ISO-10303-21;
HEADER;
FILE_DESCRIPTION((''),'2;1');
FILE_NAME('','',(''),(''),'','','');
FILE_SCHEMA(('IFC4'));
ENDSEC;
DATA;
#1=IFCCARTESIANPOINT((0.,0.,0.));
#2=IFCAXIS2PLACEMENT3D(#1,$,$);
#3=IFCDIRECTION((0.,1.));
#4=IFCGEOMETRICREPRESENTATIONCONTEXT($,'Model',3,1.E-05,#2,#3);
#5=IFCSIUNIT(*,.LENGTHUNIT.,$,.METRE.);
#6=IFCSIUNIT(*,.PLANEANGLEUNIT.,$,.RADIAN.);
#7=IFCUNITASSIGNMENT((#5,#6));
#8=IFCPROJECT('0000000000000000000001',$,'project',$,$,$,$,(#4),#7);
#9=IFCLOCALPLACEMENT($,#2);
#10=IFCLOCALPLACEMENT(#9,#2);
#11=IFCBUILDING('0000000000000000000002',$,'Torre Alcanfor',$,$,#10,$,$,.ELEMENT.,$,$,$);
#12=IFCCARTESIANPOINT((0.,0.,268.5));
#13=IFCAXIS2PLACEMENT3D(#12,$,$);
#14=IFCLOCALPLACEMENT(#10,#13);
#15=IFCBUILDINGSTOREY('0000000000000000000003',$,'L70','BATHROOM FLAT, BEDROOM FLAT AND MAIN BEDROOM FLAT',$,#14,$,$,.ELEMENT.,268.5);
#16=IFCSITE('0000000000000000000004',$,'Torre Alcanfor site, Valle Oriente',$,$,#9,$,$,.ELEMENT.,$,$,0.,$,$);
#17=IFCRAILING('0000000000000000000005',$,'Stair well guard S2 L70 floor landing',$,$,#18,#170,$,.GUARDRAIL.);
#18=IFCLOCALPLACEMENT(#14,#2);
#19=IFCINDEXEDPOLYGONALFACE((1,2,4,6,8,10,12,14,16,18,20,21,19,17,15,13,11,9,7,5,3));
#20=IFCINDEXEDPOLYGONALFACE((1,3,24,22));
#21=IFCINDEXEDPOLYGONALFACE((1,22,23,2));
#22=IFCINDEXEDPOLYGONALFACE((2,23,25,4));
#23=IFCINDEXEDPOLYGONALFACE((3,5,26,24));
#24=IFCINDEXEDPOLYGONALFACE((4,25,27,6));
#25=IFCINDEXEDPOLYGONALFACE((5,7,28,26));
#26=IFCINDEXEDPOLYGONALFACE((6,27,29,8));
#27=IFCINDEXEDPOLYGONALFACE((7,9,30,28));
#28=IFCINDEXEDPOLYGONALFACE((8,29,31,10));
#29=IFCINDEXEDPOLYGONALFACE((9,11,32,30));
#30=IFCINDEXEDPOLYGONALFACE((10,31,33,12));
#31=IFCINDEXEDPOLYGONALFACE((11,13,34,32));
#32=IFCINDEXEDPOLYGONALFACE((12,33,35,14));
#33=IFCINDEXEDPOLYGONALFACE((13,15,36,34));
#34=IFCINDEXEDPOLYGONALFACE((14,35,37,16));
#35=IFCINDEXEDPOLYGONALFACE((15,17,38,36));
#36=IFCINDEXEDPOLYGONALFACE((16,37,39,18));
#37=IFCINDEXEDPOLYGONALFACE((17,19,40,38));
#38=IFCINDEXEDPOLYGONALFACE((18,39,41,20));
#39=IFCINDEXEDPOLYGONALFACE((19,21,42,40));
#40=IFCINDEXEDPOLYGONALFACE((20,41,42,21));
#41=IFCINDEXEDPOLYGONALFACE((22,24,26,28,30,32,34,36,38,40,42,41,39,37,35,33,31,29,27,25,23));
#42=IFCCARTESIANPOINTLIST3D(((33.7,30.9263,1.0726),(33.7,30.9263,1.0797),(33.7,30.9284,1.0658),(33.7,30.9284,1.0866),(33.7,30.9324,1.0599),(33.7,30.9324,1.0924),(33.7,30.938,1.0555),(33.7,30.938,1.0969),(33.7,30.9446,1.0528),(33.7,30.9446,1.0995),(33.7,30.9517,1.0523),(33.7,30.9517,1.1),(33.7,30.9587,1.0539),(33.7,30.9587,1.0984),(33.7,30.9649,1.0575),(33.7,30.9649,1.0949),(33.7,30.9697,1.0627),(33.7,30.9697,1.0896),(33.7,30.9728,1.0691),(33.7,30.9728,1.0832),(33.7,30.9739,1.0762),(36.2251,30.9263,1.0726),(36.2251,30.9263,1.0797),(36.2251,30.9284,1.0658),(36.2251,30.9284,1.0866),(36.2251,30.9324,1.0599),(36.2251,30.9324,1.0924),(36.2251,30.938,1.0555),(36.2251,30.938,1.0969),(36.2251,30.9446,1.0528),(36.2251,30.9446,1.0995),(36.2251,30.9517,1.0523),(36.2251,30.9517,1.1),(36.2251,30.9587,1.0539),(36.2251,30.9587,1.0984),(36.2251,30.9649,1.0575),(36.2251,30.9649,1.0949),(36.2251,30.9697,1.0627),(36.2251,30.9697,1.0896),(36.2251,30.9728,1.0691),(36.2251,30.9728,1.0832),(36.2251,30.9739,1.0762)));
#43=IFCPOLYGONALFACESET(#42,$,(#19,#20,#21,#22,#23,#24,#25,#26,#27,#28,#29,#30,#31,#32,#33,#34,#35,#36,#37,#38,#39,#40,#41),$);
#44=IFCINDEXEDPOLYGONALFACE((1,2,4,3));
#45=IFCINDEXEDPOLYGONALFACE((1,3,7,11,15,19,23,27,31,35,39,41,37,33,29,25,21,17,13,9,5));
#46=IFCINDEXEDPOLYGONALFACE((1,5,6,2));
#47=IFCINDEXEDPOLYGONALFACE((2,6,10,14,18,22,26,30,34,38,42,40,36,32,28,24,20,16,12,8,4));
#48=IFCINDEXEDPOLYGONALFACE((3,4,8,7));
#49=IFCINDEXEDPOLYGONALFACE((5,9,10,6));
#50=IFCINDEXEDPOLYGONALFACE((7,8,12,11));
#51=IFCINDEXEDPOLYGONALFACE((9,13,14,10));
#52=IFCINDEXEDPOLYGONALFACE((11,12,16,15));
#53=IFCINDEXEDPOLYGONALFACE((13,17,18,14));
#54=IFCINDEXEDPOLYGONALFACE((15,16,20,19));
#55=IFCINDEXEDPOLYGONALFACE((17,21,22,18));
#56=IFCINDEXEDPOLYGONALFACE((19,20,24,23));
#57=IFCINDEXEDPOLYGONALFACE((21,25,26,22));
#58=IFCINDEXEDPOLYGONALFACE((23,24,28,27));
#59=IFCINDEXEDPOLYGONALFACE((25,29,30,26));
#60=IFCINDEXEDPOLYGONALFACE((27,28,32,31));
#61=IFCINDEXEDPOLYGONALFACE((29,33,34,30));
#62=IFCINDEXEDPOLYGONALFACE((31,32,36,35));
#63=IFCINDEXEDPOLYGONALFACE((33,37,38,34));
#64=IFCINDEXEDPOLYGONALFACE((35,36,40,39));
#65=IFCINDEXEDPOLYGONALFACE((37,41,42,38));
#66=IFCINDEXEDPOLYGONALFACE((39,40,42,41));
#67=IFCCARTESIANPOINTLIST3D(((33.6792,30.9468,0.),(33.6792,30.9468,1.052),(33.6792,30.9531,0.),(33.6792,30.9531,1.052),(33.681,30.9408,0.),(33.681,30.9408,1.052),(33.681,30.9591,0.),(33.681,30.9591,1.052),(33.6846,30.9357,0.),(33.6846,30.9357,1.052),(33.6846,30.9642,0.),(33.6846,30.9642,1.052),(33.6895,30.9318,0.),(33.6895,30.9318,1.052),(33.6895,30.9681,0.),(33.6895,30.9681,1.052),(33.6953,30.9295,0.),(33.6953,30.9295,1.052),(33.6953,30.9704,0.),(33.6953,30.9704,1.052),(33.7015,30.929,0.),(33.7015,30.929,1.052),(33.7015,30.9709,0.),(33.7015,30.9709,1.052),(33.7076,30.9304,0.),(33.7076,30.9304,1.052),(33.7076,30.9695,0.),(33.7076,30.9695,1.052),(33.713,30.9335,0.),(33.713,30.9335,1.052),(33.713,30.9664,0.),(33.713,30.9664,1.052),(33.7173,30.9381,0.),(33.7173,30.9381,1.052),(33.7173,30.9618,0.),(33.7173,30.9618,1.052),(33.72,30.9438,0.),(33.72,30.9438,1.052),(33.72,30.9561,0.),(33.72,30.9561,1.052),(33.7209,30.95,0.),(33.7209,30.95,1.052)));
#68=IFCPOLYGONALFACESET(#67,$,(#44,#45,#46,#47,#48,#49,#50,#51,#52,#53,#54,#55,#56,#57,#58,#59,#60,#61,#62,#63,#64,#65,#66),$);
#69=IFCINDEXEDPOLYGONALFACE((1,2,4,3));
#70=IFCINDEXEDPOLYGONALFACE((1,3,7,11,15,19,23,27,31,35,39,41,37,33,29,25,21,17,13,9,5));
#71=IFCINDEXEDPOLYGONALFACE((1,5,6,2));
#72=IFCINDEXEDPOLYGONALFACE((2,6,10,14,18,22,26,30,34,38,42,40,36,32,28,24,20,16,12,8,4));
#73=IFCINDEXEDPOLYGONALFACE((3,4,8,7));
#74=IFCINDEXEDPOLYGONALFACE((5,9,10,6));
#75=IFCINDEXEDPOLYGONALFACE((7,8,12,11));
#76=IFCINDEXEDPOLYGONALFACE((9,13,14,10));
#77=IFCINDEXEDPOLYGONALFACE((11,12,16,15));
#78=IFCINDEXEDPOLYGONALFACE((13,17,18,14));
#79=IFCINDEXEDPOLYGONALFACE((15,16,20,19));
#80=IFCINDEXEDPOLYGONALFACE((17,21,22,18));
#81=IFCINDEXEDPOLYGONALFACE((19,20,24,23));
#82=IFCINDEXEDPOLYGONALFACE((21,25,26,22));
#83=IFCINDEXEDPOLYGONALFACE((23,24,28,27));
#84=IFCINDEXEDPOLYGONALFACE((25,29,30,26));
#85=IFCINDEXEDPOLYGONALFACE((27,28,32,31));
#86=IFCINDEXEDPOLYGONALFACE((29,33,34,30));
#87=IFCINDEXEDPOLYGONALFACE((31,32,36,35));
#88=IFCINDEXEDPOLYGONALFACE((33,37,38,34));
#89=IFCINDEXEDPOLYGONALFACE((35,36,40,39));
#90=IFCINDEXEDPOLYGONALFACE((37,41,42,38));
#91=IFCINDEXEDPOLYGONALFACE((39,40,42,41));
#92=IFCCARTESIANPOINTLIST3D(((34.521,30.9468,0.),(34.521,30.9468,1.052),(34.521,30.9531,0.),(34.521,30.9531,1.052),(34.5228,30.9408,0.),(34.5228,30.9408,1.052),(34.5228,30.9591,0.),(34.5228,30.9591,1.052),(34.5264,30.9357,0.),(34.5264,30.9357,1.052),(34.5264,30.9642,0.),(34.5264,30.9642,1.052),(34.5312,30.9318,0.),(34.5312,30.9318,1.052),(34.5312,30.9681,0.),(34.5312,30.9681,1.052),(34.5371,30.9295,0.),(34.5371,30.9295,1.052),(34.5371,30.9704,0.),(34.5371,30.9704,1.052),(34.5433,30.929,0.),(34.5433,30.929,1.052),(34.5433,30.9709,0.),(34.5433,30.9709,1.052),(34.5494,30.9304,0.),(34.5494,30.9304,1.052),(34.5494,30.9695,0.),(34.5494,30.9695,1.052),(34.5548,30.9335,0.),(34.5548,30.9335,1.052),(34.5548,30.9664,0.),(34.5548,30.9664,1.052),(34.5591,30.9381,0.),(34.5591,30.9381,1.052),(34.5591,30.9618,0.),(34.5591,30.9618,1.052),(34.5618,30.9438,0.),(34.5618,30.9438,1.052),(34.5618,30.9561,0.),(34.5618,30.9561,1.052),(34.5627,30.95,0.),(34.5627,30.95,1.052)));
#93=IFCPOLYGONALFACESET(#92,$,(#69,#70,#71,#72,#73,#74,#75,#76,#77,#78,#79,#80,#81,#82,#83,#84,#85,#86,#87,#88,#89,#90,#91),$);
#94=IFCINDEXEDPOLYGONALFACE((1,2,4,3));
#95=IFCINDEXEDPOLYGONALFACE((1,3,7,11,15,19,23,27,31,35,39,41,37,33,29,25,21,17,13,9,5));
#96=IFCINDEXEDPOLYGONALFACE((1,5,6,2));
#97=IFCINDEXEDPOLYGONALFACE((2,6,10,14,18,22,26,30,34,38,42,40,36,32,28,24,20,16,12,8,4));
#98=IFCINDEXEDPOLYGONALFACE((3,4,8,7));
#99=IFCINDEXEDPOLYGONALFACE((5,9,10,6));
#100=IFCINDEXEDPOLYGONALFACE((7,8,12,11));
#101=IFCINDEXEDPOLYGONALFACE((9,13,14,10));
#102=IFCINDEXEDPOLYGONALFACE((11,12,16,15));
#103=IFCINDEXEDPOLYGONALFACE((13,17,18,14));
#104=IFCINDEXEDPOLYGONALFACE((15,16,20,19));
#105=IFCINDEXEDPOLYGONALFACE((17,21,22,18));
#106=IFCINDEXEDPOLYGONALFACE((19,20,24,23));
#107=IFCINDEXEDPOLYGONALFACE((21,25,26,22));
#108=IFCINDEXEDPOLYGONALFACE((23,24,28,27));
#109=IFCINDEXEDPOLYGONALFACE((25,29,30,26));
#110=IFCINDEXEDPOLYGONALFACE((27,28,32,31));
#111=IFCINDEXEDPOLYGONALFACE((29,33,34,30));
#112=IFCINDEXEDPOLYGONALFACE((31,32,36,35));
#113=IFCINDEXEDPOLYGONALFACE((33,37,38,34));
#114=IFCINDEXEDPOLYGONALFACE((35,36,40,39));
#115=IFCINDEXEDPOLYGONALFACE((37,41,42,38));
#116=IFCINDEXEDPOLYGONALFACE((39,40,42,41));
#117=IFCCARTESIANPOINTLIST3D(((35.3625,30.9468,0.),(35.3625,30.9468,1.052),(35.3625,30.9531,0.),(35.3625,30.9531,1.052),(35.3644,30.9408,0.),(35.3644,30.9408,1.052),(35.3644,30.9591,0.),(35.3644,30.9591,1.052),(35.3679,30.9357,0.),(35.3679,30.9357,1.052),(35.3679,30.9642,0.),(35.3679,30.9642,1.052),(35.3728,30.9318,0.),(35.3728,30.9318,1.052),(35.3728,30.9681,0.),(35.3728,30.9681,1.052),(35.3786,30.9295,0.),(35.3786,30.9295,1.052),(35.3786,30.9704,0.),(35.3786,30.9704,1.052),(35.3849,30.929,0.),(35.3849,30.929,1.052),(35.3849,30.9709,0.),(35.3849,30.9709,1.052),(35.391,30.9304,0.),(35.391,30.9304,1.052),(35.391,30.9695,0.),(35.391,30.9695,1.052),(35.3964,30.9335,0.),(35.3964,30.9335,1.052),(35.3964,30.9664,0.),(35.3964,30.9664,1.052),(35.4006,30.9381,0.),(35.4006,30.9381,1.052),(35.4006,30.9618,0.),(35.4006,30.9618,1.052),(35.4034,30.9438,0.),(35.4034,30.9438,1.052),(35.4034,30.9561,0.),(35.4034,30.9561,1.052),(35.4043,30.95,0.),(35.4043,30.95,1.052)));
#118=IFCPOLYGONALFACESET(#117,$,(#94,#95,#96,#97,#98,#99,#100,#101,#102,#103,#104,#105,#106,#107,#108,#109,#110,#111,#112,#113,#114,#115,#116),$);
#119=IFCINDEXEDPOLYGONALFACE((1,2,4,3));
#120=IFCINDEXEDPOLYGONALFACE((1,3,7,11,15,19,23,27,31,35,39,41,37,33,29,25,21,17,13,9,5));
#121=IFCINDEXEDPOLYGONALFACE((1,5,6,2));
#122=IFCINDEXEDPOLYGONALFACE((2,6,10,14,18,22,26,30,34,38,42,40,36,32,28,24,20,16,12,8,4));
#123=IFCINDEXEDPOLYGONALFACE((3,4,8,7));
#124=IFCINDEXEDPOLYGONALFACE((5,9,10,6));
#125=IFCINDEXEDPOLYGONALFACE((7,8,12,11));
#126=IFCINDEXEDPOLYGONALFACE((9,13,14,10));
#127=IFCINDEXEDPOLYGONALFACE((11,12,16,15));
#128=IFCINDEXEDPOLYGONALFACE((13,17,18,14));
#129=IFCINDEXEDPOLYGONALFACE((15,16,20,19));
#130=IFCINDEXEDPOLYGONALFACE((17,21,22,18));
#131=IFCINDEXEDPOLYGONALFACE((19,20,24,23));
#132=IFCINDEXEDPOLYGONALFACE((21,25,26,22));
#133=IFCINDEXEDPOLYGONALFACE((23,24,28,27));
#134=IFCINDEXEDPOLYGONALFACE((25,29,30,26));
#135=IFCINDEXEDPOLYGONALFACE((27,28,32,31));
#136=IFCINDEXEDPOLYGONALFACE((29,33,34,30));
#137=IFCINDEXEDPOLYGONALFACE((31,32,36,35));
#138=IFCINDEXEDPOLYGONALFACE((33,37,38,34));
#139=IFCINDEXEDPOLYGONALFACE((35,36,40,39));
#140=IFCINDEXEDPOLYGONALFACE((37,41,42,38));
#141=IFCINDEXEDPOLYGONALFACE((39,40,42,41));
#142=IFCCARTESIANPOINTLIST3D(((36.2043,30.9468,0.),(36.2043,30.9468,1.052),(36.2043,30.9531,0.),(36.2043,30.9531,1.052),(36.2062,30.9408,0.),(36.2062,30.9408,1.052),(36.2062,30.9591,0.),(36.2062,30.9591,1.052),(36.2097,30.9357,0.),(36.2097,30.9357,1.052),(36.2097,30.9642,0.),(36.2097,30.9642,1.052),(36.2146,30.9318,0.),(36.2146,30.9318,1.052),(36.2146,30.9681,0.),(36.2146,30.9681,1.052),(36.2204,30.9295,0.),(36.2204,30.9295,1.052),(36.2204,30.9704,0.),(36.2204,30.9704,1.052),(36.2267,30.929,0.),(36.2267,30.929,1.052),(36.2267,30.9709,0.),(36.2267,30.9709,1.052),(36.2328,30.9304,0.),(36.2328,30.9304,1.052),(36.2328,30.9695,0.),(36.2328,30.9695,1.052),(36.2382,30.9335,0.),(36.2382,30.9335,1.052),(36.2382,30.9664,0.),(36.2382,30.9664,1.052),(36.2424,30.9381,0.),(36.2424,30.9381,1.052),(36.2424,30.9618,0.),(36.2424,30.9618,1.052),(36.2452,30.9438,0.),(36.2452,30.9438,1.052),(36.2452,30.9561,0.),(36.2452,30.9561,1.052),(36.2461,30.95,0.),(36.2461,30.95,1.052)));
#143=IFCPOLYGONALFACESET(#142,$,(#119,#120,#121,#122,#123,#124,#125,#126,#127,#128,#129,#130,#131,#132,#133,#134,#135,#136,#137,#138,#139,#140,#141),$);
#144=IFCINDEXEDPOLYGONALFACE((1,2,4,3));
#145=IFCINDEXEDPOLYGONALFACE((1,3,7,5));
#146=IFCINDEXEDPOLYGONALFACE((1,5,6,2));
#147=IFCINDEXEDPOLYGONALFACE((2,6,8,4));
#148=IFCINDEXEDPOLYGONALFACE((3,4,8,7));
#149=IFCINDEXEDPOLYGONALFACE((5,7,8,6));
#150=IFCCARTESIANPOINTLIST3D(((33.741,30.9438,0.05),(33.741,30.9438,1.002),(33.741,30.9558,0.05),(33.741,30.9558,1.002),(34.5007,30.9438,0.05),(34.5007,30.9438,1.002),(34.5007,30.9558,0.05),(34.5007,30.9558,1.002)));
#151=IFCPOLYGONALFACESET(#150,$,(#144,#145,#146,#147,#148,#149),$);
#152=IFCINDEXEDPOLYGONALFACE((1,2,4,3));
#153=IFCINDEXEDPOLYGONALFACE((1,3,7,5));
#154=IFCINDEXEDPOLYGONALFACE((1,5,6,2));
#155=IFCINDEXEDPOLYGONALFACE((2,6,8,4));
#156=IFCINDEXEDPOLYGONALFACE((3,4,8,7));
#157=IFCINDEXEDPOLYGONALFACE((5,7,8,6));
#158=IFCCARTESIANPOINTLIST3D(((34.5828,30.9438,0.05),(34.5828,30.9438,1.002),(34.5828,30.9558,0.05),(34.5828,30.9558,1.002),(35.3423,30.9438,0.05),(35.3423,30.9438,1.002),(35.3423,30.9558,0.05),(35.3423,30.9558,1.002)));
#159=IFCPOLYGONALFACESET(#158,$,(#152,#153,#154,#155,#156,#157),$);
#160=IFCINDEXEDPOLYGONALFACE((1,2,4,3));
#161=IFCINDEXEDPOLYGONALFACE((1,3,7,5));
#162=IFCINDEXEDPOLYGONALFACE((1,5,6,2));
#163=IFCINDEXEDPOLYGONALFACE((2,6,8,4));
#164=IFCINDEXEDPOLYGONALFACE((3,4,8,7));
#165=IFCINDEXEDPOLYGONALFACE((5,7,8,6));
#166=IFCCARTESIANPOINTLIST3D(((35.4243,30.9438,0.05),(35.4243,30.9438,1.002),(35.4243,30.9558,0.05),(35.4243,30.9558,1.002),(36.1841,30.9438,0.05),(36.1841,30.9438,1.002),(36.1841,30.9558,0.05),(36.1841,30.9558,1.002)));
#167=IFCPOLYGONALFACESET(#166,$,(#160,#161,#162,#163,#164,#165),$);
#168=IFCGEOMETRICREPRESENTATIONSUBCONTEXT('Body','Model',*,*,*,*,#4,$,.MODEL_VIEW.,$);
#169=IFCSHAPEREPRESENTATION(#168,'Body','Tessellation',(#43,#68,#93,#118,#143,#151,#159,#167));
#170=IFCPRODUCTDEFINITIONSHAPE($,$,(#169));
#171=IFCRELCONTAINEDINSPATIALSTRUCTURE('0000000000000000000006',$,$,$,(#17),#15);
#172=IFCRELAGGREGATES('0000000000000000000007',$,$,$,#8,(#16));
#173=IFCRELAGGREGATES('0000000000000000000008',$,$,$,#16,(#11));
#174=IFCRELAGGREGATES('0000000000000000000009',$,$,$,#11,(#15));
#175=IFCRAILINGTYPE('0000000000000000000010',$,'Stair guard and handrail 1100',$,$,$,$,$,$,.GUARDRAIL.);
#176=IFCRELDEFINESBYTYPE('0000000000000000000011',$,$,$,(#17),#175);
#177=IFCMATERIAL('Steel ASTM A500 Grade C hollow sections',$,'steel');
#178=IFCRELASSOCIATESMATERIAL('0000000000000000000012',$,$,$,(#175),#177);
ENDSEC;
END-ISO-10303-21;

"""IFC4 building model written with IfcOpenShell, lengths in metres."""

from ifc_helpers import new_model, si_unit, direction, frame, origin, origin_2d, place, context, subcontext, project, spatial, polyline, circle, outline, extrude, material, type_object, element, save


model = new_model("IFC4")

# Units and contexts
model_context = context("Model", 3, precision=1e-05, world=origin(), true_north=direction((0.0, 1.0)))
body_context = subcontext(model_context, "Body", "Model", "MODEL_VIEW")
ifc_project = project(units=[si_unit("LENGTHUNIT", "METRE"), si_unit("PLANEANGLEUNIT", "RADIAN")], contexts=[model_context])

# Site, building, storey
site_placement = place(None, origin())
site = spatial("IfcSite", under=ifc_project, at=site_placement, Name="Torre Alcanfor site, Valle Oriente", CompositionType="ELEMENT", RefElevation=0.0)
building_placement = place(site_placement, origin())
building = spatial("IfcBuilding", under=site, at=building_placement, Name="Torre Alcanfor", CompositionType="ELEMENT")
storey_placement = place(building_placement, frame((0.0, 0.0, 268.5)))
storey = spatial("IfcBuildingStorey", under=building, at=storey_placement, Name="L70", Description="BATHROOM FLAT, BEDROOM FLAT AND MAIN BEDROOM FLAT", CompositionType="ELEMENT", Elevation=268.5)

# Railing
ifc_material_1 = material(Name="Steel ASTM A500 Grade C hollow sections", Category="steel")
railing_type_1 = type_object("IfcRailingType", Name="Stair guard and handrail 1100", PredefinedType="GUARDRAIL", material=ifc_material_1)
for number, where, name in (
    (1, (33.7, 30.95, 0.0), "Stair well guard S2 L70 floor landing"),
):
    element("IfcRailing", number, at=place(storey_placement, frame(where)), inside=storey, type_object=railing_type_1, Name=name, PredefinedType="GUARDRAIL", context=body_context, shape_type="SweptSolid", body=[
        extrude(circle(Radius=0.0239, at=origin_2d()), frame((0.0, 0.0, 1.0762), z_axis=(1.0, 0.0, 0.0), x_axis=(0.0, 1.0, 0.0)), (0.0, 0.0, 1.0), 2.5251),
        extrude(circle(Radius=0.021, at=origin_2d()), origin(), (0.0, 0.0, 1.0), 1.052),
        extrude(circle(Radius=0.021, at=origin_2d()), frame((0.8418, 0.0, 0.0)), (0.0, 0.0, 1.0), 1.052),
        extrude(circle(Radius=0.021, at=origin_2d()), frame((1.6833, 0.0, 0.0)), (0.0, 0.0, 1.0), 1.052),
        extrude(circle(Radius=0.021, at=origin_2d()), frame((2.5251, 0.0, 0.0)), (0.0, 0.0, 1.0), 1.052),
        extrude(outline(polyline([(0.041, 0.05), (0.8008, 0.05), (0.8008, 1.002), (0.041, 1.002), (0.041, 0.05)])), frame((0.0, 0.0059, 0.0), z_axis=(0.0, -1.0, 0.0), x_axis=(1.0, 0.0, 0.0)), (0.0, 0.0, 1.0), 0.012),
        extrude(outline(polyline([(0.8828, 0.05), (1.6423, 0.05), (1.6423, 1.002), (0.8828, 1.002), (0.8828, 0.05)])), frame((0.0, 0.0059, 0.0), z_axis=(0.0, -1.0, 0.0), x_axis=(1.0, 0.0, 0.0)), (0.0, 0.0, 1.0), 0.012),
        extrude(outline(polyline([(1.7244, 0.05), (2.4841, 0.05), (2.4841, 1.002), (1.7244, 1.002), (1.7244, 0.05)])), frame((0.0, 0.0059, 0.0), z_axis=(0.0, -1.0, 0.0), x_axis=(1.0, 0.0, 0.0)), (0.0, 0.0, 1.0), 0.012),
    ])

save(model, "model.ifc")
